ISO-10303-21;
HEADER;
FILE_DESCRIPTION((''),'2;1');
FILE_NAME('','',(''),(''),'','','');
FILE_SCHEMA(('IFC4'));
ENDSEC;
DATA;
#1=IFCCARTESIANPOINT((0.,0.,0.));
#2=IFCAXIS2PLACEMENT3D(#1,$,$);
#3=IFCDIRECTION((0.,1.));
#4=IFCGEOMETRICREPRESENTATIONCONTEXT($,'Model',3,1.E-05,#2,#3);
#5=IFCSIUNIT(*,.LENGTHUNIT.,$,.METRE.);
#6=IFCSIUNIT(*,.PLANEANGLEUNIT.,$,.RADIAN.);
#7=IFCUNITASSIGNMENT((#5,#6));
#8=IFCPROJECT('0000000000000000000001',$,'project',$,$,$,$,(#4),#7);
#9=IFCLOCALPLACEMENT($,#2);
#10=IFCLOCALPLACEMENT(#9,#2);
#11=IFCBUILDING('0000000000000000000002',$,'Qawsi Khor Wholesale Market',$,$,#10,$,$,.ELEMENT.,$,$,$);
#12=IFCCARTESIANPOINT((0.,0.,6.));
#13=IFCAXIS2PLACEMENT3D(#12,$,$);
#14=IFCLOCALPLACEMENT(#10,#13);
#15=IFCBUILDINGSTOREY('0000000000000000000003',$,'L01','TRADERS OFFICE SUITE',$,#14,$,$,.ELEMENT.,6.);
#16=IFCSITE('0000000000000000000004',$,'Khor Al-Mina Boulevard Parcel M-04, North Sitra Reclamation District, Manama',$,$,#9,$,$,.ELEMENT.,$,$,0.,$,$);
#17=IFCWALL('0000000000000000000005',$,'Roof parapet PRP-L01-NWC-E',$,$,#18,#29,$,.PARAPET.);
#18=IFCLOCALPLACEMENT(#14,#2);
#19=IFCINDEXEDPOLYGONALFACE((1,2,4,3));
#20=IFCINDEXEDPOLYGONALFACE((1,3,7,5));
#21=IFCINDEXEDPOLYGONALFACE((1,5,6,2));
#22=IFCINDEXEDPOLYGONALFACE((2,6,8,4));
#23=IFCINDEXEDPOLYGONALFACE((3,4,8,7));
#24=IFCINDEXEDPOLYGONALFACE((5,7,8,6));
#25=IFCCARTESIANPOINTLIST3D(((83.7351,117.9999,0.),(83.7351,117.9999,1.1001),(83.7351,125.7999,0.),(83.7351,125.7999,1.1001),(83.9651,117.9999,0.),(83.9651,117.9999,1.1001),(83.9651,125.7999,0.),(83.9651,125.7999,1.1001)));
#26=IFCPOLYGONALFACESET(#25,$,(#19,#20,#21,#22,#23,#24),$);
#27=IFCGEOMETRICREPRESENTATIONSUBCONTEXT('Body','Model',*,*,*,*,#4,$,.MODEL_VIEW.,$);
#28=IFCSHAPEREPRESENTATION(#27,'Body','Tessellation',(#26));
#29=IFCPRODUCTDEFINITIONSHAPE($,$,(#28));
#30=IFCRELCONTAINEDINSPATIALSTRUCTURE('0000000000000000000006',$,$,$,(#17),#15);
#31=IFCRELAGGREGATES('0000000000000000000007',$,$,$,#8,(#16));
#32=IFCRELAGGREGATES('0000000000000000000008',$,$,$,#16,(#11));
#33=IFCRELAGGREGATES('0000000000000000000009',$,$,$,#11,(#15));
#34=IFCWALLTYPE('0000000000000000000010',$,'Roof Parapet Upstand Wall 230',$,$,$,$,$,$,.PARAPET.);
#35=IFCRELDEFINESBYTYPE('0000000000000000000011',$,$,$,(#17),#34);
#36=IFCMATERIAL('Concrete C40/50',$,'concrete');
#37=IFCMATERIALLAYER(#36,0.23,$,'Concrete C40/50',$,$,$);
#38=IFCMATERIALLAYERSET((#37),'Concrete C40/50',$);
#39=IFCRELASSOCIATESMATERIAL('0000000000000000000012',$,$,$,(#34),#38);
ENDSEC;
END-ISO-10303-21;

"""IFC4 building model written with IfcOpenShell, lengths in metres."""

from ifc_helpers import new_model, si_unit, direction, frame, frame_2d, origin, place, context, subcontext, project, spatial, rectangle, extrude, material, layer, layer_set, type_object, element, save


model = new_model("IFC4")

# Units and contexts
model_context = context("Model", 3, precision=1e-05, world=origin(), true_north=direction((0.0, 1.0)))
body_context = subcontext(model_context, "Body", "Model", "MODEL_VIEW")
ifc_project = project(units=[si_unit("LENGTHUNIT", "METRE"), si_unit("PLANEANGLEUNIT", "RADIAN")], contexts=[model_context])

# Site, building, storey
site_placement = place(None, origin())
site = spatial("IfcSite", under=ifc_project, at=site_placement, Name="Khor Al-Mina Boulevard Parcel M-04, North Sitra Reclamation District, Manama", CompositionType="ELEMENT", RefElevation=0.0)
building_placement = place(site_placement, origin())
building = spatial("IfcBuilding", under=site, at=building_placement, Name="Qawsi Khor Wholesale Market", CompositionType="ELEMENT")
storey_placement = place(building_placement, frame((0.0, 0.0, 6.0)))
storey = spatial("IfcBuildingStorey", under=building, at=storey_placement, Name="L01", Description="TRADERS OFFICE SUITE", CompositionType="ELEMENT", Elevation=6.0)

# Shared definitions
ifc_material_1 = material(Name="Concrete C40/50", Category="concrete")

# Wall
ifc_layer_1 = layer(ifc_material_1, 0.23, Name="Concrete C40/50")
ifc_layer_set_1 = layer_set([ifc_layer_1], Name="Concrete C40/50")
wall_type = type_object("IfcWallType", Name="Roof Parapet Upstand Wall 230", PredefinedType="PARAPET", material=ifc_layer_set_1)
wall_placement = place(storey_placement, frame((83.8501, 118.0, 0.0), z_axis=(0.0, 0.0, 1.0), x_axis=(0.0, 1.0, 0.0)))
element("IfcWall", 1, at=wall_placement, inside=storey, type_object=wall_type, Name="Roof parapet PRP-L01-NWC-E", PredefinedType="PARAPET", context=body_context, shape_type="SweptSolid", body=[
    extrude(rectangle(XDim=7.8, YDim=0.23, at=frame_2d((3.8999, 0.0))), origin(), (0.0, 0.0, 1.0), 1.1001),
])

save(model, "model.ifc")
